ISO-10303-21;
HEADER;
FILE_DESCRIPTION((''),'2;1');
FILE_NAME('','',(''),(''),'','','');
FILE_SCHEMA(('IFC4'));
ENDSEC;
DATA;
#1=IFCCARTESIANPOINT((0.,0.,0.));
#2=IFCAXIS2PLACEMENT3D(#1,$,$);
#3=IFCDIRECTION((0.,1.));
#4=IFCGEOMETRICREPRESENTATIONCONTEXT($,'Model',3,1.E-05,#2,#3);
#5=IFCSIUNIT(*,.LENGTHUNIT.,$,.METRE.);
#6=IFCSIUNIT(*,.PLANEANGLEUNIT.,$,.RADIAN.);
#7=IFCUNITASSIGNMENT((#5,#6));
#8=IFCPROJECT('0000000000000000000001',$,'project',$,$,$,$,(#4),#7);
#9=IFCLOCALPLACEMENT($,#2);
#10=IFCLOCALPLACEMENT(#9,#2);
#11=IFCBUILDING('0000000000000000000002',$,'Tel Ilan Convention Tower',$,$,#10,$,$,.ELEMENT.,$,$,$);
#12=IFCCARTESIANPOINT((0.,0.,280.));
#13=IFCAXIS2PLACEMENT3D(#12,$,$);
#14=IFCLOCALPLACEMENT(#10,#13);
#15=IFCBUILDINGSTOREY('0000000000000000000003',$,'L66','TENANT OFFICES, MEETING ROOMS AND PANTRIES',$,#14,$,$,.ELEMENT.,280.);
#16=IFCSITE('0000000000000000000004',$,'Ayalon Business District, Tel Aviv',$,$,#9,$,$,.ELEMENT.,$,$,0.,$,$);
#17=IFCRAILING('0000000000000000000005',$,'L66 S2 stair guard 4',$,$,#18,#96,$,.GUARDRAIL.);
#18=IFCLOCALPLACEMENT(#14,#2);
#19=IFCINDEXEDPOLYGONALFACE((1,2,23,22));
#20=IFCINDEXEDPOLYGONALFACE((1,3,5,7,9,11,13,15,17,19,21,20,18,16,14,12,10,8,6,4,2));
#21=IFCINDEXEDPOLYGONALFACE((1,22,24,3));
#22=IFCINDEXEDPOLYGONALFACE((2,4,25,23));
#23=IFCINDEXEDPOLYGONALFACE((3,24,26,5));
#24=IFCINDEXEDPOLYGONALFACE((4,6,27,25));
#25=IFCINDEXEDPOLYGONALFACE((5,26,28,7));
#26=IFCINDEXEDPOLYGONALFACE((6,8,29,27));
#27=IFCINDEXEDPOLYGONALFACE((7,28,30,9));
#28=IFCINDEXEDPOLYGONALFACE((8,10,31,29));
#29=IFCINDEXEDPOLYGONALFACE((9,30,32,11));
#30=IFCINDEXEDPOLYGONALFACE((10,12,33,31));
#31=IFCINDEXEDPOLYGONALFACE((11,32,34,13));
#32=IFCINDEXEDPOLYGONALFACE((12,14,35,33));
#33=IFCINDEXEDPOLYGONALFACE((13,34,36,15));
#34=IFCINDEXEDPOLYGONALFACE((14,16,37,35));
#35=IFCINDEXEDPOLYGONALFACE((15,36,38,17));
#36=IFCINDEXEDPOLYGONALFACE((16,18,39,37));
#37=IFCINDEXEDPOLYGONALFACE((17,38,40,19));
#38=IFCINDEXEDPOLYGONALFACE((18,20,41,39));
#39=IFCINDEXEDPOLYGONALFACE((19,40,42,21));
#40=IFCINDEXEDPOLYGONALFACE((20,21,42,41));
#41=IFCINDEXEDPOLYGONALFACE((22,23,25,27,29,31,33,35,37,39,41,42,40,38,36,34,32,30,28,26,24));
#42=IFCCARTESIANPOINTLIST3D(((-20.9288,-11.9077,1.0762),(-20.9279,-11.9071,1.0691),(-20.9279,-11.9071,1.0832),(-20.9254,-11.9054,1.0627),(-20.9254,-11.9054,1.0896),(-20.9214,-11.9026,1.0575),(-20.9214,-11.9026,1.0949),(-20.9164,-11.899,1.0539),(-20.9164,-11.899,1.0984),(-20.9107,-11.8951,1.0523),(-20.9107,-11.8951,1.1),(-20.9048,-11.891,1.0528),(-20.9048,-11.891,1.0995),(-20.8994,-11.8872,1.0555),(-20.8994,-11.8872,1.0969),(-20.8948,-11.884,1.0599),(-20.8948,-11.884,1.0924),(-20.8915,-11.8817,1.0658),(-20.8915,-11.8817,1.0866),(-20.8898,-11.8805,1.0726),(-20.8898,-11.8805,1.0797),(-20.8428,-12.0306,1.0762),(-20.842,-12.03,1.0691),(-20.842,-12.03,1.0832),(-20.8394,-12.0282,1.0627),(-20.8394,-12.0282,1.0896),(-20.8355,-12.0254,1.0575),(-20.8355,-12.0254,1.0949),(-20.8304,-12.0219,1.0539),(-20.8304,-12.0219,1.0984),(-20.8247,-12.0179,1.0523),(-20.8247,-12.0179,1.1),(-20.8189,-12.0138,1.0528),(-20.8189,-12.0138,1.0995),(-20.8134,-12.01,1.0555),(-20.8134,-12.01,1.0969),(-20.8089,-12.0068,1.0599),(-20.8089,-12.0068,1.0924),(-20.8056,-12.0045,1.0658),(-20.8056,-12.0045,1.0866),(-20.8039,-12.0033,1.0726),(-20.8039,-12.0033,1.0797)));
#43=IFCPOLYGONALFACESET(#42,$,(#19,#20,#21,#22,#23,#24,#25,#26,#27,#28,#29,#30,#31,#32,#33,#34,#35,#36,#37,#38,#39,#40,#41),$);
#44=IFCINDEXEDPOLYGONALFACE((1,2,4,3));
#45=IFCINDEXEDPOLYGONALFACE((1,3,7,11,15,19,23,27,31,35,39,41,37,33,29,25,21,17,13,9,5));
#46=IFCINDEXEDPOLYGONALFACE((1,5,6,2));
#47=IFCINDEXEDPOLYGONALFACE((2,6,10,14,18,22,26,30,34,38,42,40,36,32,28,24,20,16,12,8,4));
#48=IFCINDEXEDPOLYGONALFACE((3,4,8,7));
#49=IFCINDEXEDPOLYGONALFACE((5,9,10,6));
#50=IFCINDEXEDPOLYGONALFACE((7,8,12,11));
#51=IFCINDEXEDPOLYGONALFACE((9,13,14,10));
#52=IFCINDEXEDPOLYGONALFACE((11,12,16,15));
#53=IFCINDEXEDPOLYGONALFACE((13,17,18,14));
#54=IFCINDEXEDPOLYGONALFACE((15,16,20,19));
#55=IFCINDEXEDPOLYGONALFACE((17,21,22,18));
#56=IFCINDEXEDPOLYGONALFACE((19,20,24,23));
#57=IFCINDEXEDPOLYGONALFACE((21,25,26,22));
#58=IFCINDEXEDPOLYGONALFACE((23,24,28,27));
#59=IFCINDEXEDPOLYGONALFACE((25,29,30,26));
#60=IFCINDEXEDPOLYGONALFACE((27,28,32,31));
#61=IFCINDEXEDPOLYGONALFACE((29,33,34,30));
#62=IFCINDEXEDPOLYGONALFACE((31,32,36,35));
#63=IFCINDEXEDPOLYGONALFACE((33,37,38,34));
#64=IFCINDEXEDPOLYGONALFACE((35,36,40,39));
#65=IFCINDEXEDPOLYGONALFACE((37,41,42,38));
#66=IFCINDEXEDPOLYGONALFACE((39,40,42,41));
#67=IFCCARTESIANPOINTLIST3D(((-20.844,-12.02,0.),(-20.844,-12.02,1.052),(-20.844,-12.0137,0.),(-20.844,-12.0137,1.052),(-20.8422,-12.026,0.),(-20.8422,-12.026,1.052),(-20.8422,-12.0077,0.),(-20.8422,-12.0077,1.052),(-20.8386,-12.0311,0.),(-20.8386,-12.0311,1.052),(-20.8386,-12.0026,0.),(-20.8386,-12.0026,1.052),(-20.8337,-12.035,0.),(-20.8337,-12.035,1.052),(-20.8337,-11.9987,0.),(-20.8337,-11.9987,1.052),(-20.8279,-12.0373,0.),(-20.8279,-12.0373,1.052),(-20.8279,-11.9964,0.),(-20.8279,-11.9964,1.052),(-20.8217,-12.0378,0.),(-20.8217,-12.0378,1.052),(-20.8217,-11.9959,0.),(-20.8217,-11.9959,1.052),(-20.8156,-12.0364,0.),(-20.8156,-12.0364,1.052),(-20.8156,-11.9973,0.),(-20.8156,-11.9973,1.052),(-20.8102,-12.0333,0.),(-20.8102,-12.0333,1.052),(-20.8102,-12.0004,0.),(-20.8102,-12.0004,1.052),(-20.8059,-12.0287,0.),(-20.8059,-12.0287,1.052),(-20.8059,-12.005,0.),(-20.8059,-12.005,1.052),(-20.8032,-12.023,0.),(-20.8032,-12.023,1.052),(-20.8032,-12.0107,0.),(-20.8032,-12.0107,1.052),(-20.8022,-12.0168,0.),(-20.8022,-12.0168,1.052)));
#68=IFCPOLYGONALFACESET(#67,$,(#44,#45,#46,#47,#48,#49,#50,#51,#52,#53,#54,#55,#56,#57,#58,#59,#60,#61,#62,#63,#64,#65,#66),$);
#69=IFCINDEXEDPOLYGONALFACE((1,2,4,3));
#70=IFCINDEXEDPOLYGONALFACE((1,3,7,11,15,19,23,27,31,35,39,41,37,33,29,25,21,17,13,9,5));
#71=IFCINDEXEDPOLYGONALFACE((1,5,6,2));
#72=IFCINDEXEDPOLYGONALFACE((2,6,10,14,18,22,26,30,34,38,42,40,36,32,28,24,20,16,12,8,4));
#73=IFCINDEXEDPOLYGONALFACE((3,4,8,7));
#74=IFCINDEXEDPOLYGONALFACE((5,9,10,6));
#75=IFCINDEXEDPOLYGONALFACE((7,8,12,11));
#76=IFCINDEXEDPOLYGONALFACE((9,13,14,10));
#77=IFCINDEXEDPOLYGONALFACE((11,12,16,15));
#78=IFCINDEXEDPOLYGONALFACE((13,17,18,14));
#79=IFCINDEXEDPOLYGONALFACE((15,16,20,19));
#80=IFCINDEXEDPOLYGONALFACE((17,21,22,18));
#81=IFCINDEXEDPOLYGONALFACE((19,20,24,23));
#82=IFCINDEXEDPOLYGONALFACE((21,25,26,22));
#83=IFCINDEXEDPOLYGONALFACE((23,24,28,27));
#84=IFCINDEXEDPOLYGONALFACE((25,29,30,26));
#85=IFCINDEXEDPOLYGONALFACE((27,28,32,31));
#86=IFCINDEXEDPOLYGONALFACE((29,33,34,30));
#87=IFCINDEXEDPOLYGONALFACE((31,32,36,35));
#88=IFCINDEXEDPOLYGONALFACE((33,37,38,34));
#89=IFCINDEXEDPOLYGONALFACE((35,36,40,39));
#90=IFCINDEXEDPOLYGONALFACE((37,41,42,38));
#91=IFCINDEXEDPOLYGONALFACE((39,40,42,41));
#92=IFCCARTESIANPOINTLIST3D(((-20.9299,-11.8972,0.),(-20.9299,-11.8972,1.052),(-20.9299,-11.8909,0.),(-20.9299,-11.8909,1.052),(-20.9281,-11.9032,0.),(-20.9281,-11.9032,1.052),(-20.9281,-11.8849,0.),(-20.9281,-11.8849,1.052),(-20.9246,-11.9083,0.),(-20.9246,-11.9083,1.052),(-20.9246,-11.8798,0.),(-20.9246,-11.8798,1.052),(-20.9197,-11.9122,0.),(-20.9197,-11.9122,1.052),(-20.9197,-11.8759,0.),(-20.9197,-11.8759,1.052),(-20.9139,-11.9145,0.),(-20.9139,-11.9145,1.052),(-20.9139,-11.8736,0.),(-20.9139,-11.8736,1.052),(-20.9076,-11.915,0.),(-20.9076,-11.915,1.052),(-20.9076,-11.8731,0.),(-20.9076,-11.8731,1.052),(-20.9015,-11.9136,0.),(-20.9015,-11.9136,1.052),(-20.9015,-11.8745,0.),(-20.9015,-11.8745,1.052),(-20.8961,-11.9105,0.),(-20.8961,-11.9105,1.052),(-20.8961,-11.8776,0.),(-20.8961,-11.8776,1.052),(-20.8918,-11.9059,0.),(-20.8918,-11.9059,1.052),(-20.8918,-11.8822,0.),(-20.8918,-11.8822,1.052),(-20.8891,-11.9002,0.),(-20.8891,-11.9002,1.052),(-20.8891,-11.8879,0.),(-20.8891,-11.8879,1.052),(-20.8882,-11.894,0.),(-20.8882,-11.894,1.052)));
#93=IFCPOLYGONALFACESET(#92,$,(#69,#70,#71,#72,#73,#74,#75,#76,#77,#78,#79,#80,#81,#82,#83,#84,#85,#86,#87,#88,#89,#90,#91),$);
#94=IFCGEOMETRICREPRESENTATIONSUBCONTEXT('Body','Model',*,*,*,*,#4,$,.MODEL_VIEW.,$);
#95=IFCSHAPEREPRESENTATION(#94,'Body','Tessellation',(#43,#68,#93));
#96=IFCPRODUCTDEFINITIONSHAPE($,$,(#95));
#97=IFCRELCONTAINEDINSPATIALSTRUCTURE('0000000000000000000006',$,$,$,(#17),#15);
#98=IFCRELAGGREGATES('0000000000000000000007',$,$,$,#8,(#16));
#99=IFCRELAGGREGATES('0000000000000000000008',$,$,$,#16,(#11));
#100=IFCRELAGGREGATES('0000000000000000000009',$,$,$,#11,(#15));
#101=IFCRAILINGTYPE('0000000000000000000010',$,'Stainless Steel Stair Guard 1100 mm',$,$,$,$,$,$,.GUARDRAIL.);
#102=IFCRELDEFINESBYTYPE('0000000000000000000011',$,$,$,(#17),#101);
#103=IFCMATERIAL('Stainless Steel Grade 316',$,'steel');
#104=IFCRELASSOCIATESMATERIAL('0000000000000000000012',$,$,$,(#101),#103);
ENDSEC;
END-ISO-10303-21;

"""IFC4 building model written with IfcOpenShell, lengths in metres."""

from ifc_helpers import new_model, si_unit, direction, frame, origin, origin_2d, place, context, subcontext, project, spatial, circle, extrude, material, type_object, element, save


model = new_model("IFC4")

# Units and contexts
model_context = context("Model", 3, precision=1e-05, world=origin(), true_north=direction((0.0, 1.0)))
body_context = subcontext(model_context, "Body", "Model", "MODEL_VIEW")
ifc_project = project(units=[si_unit("LENGTHUNIT", "METRE"), si_unit("PLANEANGLEUNIT", "RADIAN")], contexts=[model_context])

# Site, building, storey
site_placement = place(None, origin())
site = spatial("IfcSite", under=ifc_project, at=site_placement, Name="Ayalon Business District, Tel Aviv", CompositionType="ELEMENT", RefElevation=0.0)
building_placement = place(site_placement, origin())
building = spatial("IfcBuilding", under=site, at=building_placement, Name="Tel Ilan Convention Tower", CompositionType="ELEMENT")
storey_placement = place(building_placement, frame((0.0, 0.0, 280.0)))
storey = spatial("IfcBuildingStorey", under=building, at=storey_placement, Name="L66", Description="TENANT OFFICES, MEETING ROOMS AND PANTRIES", CompositionType="ELEMENT", Elevation=280.0)

# Railing
ifc_material_1 = material(Name="Stainless Steel Grade 316", Category="steel")
railing_type_1 = type_object("IfcRailingType", Name="Stainless Steel Stair Guard 1100 mm", PredefinedType="GUARDRAIL", material=ifc_material_1)
railing_1_placement = place(storey_placement, frame((-20.8232, -12.0168, 0.0)))
element("IfcRailing", 1, at=railing_1_placement, inside=storey, type_object=railing_type_1, Name="L66 S2 stair guard 4", PredefinedType="GUARDRAIL", context=body_context, shape_type="SweptSolid", body=[
    extrude(circle(Radius=0.0239, at=origin_2d()), frame((0.0, 0.0, 1.0762), z_axis=(-0.573353, 0.819308, 0.0), x_axis=(-0.819308, -0.573353, 0.0)), (0.0, 0.0, 1.0), 0.1499),
    extrude(circle(Radius=0.021, at=origin_2d()), origin(), (0.0, 0.0, 1.0), 1.052),
    extrude(circle(Radius=0.021, at=origin_2d()), frame((-0.0859, 0.1228, 0.0)), (0.0, 0.0, 1.0), 1.052),
])

save(model, "model.ifc")
